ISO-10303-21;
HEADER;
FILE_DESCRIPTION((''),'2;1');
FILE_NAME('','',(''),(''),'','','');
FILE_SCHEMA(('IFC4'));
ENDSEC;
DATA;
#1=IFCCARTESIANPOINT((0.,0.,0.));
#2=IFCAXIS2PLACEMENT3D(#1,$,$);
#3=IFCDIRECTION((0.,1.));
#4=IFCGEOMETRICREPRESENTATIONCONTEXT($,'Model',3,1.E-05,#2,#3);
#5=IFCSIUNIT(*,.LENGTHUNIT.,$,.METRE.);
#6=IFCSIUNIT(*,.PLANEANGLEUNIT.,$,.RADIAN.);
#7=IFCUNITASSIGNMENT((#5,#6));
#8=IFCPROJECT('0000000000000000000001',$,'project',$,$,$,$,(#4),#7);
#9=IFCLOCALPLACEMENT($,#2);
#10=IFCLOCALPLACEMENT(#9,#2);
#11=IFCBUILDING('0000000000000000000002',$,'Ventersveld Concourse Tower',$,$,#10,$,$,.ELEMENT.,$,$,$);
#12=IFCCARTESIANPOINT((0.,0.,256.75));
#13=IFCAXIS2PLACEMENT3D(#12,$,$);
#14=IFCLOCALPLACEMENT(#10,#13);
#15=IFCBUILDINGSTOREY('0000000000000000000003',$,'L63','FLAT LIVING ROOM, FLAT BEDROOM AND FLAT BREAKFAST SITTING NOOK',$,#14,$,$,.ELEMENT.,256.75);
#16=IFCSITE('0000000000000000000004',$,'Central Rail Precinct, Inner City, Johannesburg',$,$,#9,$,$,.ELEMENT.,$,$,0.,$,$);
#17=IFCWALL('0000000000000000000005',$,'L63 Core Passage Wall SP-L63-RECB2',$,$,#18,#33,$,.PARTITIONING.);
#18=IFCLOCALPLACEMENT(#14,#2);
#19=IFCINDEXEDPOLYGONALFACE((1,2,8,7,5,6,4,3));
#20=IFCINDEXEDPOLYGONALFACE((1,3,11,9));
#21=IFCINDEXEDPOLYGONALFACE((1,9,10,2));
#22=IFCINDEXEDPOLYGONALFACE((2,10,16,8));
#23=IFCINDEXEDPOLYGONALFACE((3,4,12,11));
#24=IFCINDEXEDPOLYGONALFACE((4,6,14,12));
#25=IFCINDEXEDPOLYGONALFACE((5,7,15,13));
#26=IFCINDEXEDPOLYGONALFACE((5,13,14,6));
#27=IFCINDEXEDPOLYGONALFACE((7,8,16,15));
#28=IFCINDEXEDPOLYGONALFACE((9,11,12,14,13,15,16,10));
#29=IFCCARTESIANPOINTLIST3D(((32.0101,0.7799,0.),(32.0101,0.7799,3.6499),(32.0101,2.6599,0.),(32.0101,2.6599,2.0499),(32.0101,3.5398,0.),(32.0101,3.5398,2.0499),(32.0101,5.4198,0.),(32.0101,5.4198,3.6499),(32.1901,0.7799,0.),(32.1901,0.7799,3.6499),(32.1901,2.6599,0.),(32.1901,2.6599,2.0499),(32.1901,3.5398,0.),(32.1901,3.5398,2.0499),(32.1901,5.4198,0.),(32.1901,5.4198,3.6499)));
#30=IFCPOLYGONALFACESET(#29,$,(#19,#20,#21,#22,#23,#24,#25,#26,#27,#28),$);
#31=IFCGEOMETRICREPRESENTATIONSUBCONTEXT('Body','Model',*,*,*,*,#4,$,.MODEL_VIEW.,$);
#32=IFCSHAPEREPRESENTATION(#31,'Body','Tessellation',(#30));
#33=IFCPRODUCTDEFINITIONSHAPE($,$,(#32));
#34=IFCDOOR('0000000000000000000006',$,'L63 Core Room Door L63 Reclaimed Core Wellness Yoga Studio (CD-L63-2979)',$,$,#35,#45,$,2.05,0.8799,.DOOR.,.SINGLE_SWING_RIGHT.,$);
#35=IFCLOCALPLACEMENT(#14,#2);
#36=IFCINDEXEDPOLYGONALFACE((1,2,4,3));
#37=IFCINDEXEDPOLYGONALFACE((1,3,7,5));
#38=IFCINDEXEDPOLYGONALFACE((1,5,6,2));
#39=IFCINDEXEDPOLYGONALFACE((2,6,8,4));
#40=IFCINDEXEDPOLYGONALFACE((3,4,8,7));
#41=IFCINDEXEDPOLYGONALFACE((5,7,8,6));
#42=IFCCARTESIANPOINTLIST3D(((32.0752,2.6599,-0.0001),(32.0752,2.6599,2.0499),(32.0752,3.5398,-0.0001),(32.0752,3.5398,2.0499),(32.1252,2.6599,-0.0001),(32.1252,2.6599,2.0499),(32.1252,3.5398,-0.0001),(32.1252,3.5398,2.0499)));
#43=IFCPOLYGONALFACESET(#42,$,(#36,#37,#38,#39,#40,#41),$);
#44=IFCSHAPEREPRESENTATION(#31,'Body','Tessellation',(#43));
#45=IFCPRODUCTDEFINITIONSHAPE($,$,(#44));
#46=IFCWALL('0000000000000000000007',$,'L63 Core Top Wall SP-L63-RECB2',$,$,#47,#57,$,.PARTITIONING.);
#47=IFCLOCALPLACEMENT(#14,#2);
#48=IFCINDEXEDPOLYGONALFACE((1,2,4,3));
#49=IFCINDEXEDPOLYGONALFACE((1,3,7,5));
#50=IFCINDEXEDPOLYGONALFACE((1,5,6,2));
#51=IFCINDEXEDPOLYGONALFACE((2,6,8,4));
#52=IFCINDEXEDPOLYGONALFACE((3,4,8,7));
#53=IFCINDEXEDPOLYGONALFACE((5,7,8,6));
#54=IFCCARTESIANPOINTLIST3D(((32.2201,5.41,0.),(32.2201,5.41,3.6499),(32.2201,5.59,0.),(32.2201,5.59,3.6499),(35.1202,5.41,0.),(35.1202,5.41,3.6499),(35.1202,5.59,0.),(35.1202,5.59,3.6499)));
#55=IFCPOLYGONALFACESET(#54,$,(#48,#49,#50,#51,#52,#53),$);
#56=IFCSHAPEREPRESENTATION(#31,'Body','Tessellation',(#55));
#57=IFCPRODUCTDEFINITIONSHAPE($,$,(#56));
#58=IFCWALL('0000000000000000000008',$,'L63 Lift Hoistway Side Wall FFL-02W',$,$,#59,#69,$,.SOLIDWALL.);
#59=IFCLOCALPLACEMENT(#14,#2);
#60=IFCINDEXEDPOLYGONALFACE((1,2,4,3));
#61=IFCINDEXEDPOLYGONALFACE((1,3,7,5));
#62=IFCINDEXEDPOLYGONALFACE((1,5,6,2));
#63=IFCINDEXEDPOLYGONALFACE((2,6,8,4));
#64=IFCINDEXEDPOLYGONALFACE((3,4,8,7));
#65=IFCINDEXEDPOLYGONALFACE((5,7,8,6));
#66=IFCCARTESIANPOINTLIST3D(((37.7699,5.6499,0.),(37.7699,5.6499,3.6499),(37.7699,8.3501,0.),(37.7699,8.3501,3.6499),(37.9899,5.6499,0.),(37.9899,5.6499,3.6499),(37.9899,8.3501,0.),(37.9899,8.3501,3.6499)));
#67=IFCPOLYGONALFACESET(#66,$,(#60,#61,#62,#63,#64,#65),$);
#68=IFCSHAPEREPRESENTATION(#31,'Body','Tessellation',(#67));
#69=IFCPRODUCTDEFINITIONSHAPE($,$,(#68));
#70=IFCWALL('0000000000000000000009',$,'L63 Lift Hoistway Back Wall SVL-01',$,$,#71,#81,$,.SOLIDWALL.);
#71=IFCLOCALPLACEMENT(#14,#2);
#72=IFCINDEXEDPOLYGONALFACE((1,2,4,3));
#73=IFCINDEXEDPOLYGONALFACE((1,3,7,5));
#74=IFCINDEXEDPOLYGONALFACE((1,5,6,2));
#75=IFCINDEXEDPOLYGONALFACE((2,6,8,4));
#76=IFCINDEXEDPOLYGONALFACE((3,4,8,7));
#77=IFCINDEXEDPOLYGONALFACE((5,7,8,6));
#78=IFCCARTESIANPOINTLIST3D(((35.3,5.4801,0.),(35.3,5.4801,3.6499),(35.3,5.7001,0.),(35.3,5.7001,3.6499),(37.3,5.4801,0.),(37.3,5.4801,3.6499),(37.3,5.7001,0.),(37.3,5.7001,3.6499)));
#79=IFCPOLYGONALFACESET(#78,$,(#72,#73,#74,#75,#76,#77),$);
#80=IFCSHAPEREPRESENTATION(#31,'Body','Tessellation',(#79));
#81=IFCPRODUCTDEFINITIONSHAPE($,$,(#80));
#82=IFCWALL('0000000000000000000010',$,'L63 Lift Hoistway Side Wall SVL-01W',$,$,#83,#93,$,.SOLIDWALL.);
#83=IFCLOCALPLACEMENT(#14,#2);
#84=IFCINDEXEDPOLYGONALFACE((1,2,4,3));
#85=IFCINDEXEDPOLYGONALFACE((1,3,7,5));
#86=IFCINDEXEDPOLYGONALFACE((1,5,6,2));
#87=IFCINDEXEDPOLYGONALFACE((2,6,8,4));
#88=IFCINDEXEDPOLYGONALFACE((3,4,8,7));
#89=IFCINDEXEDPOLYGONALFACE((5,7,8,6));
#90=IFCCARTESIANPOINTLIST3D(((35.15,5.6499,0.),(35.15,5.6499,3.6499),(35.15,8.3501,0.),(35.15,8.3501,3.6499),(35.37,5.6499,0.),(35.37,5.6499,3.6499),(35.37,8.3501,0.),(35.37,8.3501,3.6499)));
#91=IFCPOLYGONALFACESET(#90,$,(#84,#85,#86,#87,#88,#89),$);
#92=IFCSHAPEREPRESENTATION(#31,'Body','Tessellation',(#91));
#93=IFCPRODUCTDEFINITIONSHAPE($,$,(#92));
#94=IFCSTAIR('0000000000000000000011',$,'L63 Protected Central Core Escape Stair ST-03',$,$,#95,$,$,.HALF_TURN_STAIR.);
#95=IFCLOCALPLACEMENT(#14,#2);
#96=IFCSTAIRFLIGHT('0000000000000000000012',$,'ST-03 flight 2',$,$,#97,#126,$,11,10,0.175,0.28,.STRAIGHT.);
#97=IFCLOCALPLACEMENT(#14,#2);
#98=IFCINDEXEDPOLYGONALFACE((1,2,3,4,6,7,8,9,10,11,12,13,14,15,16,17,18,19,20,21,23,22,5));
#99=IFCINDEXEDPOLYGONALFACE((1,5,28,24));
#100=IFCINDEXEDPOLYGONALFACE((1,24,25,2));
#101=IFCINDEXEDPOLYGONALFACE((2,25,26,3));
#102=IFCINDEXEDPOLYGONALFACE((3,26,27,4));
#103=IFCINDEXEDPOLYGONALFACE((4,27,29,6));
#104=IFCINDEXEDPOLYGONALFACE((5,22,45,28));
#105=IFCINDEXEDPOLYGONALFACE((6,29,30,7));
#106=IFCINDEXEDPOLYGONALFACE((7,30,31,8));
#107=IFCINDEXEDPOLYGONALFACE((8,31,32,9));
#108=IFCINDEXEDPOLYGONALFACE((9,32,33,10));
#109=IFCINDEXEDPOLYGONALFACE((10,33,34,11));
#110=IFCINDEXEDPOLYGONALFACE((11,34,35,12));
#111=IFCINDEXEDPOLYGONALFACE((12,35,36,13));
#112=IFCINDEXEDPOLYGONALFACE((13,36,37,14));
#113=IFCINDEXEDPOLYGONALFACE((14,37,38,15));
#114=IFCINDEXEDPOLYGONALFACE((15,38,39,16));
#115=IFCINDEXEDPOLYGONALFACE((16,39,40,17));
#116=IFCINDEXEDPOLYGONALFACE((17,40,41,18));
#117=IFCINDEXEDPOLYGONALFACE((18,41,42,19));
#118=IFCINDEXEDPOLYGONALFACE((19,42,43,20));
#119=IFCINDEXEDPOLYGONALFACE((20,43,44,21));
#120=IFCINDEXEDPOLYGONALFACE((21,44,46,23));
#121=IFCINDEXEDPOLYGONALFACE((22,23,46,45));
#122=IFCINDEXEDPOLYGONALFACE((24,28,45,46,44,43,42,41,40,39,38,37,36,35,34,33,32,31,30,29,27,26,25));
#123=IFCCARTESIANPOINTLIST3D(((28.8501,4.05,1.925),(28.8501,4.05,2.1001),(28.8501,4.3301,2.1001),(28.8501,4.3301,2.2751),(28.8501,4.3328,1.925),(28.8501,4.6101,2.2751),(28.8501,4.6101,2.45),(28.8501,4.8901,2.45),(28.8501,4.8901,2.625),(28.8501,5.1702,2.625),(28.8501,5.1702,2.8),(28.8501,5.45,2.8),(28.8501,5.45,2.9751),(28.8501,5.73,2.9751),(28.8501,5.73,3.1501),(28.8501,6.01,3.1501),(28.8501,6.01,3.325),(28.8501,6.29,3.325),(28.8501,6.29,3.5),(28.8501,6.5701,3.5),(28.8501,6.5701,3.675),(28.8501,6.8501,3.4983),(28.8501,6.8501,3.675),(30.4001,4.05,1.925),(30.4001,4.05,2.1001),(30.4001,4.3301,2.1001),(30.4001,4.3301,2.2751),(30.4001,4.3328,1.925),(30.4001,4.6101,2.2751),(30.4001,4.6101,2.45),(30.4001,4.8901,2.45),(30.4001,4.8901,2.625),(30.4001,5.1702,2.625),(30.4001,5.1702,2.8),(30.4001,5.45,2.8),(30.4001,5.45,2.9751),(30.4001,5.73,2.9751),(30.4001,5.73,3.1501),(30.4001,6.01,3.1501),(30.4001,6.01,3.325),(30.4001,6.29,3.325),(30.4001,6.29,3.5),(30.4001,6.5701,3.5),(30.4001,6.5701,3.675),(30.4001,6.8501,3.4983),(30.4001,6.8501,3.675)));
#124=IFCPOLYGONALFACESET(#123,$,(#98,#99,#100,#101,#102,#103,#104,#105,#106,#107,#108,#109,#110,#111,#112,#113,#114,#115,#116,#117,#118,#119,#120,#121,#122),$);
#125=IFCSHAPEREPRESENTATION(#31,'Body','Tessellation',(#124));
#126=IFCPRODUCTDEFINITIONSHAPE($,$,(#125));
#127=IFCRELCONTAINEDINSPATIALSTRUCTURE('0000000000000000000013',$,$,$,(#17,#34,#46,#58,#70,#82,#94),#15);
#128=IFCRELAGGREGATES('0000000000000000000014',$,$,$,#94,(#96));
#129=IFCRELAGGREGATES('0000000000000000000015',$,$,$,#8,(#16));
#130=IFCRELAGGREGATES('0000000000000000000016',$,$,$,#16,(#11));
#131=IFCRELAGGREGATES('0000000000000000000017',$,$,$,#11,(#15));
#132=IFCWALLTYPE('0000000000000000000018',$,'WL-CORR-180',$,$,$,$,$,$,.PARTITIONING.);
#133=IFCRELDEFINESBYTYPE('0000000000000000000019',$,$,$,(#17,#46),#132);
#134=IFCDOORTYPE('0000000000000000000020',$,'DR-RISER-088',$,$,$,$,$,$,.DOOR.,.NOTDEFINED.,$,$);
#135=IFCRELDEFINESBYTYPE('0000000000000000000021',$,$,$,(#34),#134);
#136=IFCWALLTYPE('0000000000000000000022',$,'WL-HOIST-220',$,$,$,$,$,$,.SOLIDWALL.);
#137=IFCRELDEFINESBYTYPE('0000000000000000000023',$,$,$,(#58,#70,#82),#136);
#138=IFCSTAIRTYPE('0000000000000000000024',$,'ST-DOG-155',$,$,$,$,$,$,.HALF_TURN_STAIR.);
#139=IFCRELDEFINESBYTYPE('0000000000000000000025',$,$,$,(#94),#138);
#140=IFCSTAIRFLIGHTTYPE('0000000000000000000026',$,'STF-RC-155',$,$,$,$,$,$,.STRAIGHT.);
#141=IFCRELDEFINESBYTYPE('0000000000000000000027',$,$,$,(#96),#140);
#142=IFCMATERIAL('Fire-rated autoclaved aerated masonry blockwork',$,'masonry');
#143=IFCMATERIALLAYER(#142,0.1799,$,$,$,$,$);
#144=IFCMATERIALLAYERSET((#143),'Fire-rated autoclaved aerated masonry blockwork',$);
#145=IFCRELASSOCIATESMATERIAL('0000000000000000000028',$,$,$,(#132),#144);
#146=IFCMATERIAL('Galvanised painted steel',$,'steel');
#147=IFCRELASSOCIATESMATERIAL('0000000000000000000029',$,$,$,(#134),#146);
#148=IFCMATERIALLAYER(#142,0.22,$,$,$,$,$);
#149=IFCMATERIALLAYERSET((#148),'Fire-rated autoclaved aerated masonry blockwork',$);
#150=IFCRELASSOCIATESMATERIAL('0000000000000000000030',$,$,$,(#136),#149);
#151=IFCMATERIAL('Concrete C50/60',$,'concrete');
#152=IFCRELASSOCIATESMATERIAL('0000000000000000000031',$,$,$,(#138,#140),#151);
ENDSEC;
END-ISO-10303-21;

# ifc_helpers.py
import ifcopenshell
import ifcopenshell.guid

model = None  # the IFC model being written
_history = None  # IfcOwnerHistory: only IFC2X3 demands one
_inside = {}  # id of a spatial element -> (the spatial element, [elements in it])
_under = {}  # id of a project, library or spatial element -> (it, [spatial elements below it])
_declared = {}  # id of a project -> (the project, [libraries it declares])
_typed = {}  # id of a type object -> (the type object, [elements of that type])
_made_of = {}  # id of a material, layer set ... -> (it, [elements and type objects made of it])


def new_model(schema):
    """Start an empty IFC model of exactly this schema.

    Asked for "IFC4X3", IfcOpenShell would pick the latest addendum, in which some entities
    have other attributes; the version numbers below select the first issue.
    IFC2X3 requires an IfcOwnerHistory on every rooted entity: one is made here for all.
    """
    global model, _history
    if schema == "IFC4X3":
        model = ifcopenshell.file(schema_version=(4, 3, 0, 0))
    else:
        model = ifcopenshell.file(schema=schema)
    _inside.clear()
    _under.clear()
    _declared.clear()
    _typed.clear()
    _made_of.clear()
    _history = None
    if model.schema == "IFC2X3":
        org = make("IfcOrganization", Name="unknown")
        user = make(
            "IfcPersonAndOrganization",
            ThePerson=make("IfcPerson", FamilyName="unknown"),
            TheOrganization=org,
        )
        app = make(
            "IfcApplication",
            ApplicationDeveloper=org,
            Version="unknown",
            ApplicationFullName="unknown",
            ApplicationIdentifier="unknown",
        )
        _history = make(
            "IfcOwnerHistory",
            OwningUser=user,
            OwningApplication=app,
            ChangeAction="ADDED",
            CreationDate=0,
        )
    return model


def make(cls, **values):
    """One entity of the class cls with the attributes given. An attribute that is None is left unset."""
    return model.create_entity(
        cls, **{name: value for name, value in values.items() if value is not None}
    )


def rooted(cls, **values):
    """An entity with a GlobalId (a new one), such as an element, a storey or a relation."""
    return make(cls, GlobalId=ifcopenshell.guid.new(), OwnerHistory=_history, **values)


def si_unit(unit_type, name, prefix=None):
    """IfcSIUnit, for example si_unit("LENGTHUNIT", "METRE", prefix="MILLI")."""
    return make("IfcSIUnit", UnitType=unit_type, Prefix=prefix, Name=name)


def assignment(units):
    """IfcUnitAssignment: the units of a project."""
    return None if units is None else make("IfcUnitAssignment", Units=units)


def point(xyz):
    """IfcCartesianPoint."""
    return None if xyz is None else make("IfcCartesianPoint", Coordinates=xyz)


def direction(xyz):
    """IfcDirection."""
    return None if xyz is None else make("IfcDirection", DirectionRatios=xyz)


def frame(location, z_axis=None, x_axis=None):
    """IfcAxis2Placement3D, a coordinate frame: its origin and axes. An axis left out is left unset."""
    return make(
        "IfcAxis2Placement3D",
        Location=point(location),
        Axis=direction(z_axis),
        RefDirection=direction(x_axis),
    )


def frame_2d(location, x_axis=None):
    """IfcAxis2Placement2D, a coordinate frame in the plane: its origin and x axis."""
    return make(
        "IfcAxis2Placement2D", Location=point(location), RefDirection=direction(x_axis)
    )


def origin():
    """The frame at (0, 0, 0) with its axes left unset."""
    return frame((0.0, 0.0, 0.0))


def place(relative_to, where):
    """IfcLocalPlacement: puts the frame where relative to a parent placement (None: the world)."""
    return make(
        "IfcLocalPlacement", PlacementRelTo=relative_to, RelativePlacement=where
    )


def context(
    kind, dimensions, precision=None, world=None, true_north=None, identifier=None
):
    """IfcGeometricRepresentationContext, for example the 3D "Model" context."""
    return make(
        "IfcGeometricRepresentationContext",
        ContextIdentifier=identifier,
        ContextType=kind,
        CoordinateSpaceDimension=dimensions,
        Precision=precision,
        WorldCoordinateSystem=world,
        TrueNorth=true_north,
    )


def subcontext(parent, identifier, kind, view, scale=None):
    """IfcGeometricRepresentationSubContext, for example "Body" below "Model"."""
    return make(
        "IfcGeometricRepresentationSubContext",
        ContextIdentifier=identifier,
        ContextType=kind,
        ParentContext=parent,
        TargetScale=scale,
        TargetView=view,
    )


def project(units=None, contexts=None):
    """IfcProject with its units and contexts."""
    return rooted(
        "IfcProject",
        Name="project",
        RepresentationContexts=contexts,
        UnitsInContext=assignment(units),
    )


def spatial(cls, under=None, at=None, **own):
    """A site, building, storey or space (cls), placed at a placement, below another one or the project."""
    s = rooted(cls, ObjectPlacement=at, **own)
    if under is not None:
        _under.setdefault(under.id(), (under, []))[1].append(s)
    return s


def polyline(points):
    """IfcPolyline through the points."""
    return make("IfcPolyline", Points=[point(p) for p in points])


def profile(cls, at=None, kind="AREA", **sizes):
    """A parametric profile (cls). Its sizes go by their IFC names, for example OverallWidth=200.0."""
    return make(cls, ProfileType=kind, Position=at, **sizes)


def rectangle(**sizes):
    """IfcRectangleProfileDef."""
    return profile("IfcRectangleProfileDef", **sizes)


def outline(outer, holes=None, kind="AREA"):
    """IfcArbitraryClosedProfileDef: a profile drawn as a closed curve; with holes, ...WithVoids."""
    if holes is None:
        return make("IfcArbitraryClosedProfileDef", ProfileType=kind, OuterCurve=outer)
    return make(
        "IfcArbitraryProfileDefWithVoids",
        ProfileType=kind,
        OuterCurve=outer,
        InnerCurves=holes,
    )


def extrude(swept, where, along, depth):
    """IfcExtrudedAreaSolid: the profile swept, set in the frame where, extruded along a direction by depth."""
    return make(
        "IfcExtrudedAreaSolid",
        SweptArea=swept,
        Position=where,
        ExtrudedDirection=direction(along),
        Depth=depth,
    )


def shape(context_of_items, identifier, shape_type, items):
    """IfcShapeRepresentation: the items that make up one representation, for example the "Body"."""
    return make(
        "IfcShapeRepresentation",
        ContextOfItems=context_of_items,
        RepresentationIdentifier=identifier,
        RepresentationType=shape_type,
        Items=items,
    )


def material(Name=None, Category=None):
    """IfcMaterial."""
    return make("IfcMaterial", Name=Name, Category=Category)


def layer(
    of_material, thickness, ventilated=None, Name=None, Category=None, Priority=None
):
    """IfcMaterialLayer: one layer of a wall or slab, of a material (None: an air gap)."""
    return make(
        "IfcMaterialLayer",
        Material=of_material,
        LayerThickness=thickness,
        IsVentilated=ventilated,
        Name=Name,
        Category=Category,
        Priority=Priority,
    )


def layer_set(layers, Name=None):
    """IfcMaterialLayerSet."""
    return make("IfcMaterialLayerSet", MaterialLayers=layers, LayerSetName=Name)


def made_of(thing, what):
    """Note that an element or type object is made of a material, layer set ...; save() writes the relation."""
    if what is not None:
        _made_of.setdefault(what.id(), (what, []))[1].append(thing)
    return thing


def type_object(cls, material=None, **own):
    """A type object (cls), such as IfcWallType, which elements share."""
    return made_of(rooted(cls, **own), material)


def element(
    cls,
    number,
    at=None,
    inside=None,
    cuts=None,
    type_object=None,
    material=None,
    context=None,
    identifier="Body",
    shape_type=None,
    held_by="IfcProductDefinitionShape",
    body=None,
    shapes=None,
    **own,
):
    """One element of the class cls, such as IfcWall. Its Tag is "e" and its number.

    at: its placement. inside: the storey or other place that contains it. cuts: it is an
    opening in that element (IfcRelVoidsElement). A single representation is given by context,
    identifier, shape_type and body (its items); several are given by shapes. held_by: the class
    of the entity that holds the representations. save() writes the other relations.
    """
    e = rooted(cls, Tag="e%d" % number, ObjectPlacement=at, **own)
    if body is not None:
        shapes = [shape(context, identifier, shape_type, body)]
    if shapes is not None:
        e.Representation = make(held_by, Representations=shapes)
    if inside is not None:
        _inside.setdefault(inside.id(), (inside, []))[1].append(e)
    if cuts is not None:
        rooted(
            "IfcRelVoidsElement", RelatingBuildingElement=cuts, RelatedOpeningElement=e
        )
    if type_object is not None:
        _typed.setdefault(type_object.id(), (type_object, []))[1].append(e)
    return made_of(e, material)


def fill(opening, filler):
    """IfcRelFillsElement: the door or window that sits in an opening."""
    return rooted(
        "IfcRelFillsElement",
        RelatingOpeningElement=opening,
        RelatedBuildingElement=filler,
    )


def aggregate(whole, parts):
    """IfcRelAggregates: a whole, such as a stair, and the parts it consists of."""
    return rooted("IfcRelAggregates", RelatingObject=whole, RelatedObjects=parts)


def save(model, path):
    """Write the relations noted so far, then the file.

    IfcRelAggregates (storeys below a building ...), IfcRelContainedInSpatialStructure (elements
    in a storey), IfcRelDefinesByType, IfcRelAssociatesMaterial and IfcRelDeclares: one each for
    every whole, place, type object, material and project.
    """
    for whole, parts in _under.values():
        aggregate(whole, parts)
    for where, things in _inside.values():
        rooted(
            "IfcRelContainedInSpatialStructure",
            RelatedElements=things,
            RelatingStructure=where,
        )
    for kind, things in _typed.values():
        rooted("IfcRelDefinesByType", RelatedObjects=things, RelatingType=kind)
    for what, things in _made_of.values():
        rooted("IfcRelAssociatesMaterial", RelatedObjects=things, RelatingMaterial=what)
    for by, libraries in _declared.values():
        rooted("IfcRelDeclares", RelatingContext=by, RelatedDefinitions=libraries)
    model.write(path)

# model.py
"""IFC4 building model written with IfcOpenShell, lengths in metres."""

from ifc_helpers import new_model, si_unit, direction, frame, frame_2d, origin, place, context, subcontext, project, spatial, polyline, rectangle, outline, extrude, material, layer, layer_set, type_object, element, fill, aggregate, save


model = new_model("IFC4")

# Units and contexts
model_context = context("Model", 3, precision=1e-05, world=origin(), true_north=direction((0.0, 1.0)))
body_context = subcontext(model_context, "Body", "Model", "MODEL_VIEW")
ifc_project = project(units=[si_unit("LENGTHUNIT", "METRE"), si_unit("PLANEANGLEUNIT", "RADIAN")], contexts=[model_context])

# Site, building, storey
site_placement = place(None, origin())
site = spatial("IfcSite", under=ifc_project, at=site_placement, Name="Central Rail Precinct, Inner City, Johannesburg", CompositionType="ELEMENT", RefElevation=0.0)
building_placement = place(site_placement, origin())
building = spatial("IfcBuilding", under=site, at=building_placement, Name="Ventersveld Concourse Tower", CompositionType="ELEMENT")
storey_placement = place(building_placement, frame((0.0, 0.0, 256.75)))
storey = spatial("IfcBuildingStorey", under=building, at=storey_placement, Name="L63", Description="FLAT LIVING ROOM, FLAT BEDROOM AND FLAT BREAKFAST SITTING NOOK", CompositionType="ELEMENT", Elevation=256.75)

# Shared definitions
ifc_material_1 = material(Name="Concrete C50/60", Category="concrete")

# Wall, opening, door
ifc_material_2 = material(Name="Fire-rated autoclaved aerated masonry blockwork", Category="masonry")
ifc_layer_1 = layer(ifc_material_2, 0.1799)
ifc_layer_set_1 = layer_set([ifc_layer_1], Name="Fire-rated autoclaved aerated masonry blockwork")
wall_type_1 = type_object("IfcWallType", Name="WL-CORR-180", PredefinedType="PARTITIONING", material=ifc_layer_set_1)
wall_1_placement = place(storey_placement, frame((32.1001, 0.78, 0.0), z_axis=(0.0, 0.0, 1.0), x_axis=(0.0, 1.0, 0.0)))
wall_1 = element("IfcWall", 1, at=wall_1_placement, inside=storey, type_object=wall_type_1, Name="L63 Core Passage Wall SP-L63-RECB2", PredefinedType="PARTITIONING", context=body_context, shape_type="SweptSolid", body=[
    extrude(rectangle(XDim=4.6399, YDim=0.1799, at=frame_2d((2.3198, 0.0))), origin(), (0.0, 0.0, 1.0), 3.6499),
])
opening_placement = place(wall_1_placement, frame((1.8799, 0.0, 0.0)))
opening = element("IfcOpeningElement", 2, at=opening_placement, cuts=wall_1, PredefinedType="OPENING", context=body_context, shape_type="SweptSolid", body=[
    extrude(rectangle(XDim=0.8799, YDim=2.05, at=frame_2d((0.4399, 1.0249))), frame((0.0, 0.1001, 0.0), z_axis=(0.0, -1.0, 0.0), x_axis=(1.0, 0.0, 0.0)), (0.0, 0.0, 1.0), 0.2),
])
ifc_material_3 = material(Name="Galvanised painted steel", Category="steel")
door_type = type_object("IfcDoorType", Name="DR-RISER-088", OperationType="NOTDEFINED", PredefinedType="DOOR", material=ifc_material_3)
door_placement = place(opening_placement, origin())
door = element("IfcDoor", 3, at=door_placement, inside=storey, type_object=door_type, Name="L63 Core Room Door L63 Reclaimed Core Wellness Yoga Studio (CD-L63-2979)", OperationType="SINGLE_SWING_RIGHT", OverallHeight=2.05, OverallWidth=0.8799, PredefinedType="DOOR", context=body_context, shape_type="SweptSolid", body=[
    extrude(rectangle(XDim=0.8799, YDim=2.05, at=frame_2d((0.4399, 1.0249))), frame((0.0, 0.0249, 0.0), z_axis=(0.0, -1.0, 0.0), x_axis=(1.0, 0.0, 0.0)), (0.0, 0.0, 1.0), 0.05),
])
fill(opening, door)

# Walls
wall_2_placement = place(storey_placement, frame((32.22, 5.5, 0.0), z_axis=(0.0, 0.0, 1.0), x_axis=(1.0, 0.0, 0.0)))
element("IfcWall", 4, at=wall_2_placement, inside=storey, type_object=wall_type_1, Name="L63 Core Top Wall SP-L63-RECB2", PredefinedType="PARTITIONING", context=body_context, shape_type="SweptSolid", body=[
    extrude(rectangle(XDim=2.9001, YDim=0.1799, at=frame_2d((1.4502, 0.0))), origin(), (0.0, 0.0, 1.0), 3.6499),
])
ifc_layer_2 = layer(ifc_material_2, 0.22)
ifc_layer_set_2 = layer_set([ifc_layer_2], Name="Fire-rated autoclaved aerated masonry blockwork")
wall_type_2 = type_object("IfcWallType", Name="WL-HOIST-220", PredefinedType="SOLIDWALL", material=ifc_layer_set_2)
wall_3_placement = place(storey_placement, frame((37.8799, 5.6499, 0.0), z_axis=(0.0, 0.0, 1.0), x_axis=(0.0, 1.0, 0.0)))
element("IfcWall", 5, at=wall_3_placement, inside=storey, type_object=wall_type_2, Name="L63 Lift Hoistway Side Wall FFL-02W", PredefinedType="SOLIDWALL", context=body_context, shape_type="SweptSolid", body=[
    extrude(rectangle(XDim=2.7002, YDim=0.22, at=frame_2d((1.3501, 0.0))), origin(), (0.0, 0.0, 1.0), 3.6499),
])
wall_4_placement = place(storey_placement, frame((35.3, 5.5901, 0.0), z_axis=(0.0, 0.0, 1.0), x_axis=(1.0, 0.0, 0.0)))
element("IfcWall", 6, at=wall_4_placement, inside=storey, type_object=wall_type_2, Name="L63 Lift Hoistway Back Wall SVL-01", PredefinedType="SOLIDWALL", context=body_context, shape_type="SweptSolid", body=[
    extrude(rectangle(XDim=2.0, YDim=0.22, at=frame_2d((1.0, 0.0))), origin(), (0.0, 0.0, 1.0), 3.6499),
])
wall_5_placement = place(storey_placement, frame((35.26, 5.6499, 0.0), z_axis=(0.0, 0.0, 1.0), x_axis=(0.0, 1.0, 0.0)))
element("IfcWall", 7, at=wall_5_placement, inside=storey, type_object=wall_type_2, Name="L63 Lift Hoistway Side Wall SVL-01W", PredefinedType="SOLIDWALL", context=body_context, shape_type="SweptSolid", body=[
    extrude(rectangle(XDim=2.7002, YDim=0.22, at=frame_2d((1.3501, 0.0))), origin(), (0.0, 0.0, 1.0), 3.6499),
])

# Stair, stair flight
stair_type = type_object("IfcStairType", Name="ST-DOG-155", PredefinedType="HALF_TURN_STAIR", material=ifc_material_1)
stair_placement = place(storey_placement, origin())
stair = element("IfcStair", 8, at=stair_placement, inside=storey, type_object=stair_type, Name="L63 Protected Central Core Escape Stair ST-03", PredefinedType="HALF_TURN_STAIR")
stair_flight_type = type_object("IfcStairFlightType", Name="STF-RC-155", PredefinedType="STRAIGHT", material=ifc_material_1)
stair_flight_placement = place(storey_placement, frame((29.625, 4.05, 1.925), z_axis=(0.0, 0.0, 1.0), x_axis=(0.0, 1.0, 0.0)))
stair_flight = element("IfcStairFlight", 9, at=stair_flight_placement, type_object=stair_flight_type, Name="ST-03 flight 2", NumberOfRisers=11, NumberOfTreads=10, PredefinedType="STRAIGHT", RiserHeight=0.175, TreadLength=0.28, context=body_context, shape_type="SweptSolid", body=[
    extrude(outline(polyline([(0.0, 0.0), (0.0, 0.175), (0.28, 0.175), (0.28, 0.3501), (0.5601, 0.3501), (0.5601, 0.5249), (0.8401, 0.5249), (0.8401, 0.7), (1.1201, 0.7), (1.1201, 0.875), (1.3999, 0.875), (1.3999, 1.05), (1.6799, 1.05), (1.6799, 1.2251), (1.96, 1.2251), (1.96, 1.3999), (2.24, 1.3999), (2.24, 1.575), (2.52, 1.575), (2.52, 1.75), (2.8, 1.75), (2.8, 1.925), (2.8, 1.5732), (0.2827, 0.0), (0.0, 0.0)])), frame((0.0, 0.7749, 0.0), z_axis=(0.0, -1.0, 0.0), x_axis=(1.0, 0.0, 0.0)), (0.0, 0.0, 1.0), 1.55),
])
aggregate(stair, [stair_flight])

save(model, "model.ifc")
